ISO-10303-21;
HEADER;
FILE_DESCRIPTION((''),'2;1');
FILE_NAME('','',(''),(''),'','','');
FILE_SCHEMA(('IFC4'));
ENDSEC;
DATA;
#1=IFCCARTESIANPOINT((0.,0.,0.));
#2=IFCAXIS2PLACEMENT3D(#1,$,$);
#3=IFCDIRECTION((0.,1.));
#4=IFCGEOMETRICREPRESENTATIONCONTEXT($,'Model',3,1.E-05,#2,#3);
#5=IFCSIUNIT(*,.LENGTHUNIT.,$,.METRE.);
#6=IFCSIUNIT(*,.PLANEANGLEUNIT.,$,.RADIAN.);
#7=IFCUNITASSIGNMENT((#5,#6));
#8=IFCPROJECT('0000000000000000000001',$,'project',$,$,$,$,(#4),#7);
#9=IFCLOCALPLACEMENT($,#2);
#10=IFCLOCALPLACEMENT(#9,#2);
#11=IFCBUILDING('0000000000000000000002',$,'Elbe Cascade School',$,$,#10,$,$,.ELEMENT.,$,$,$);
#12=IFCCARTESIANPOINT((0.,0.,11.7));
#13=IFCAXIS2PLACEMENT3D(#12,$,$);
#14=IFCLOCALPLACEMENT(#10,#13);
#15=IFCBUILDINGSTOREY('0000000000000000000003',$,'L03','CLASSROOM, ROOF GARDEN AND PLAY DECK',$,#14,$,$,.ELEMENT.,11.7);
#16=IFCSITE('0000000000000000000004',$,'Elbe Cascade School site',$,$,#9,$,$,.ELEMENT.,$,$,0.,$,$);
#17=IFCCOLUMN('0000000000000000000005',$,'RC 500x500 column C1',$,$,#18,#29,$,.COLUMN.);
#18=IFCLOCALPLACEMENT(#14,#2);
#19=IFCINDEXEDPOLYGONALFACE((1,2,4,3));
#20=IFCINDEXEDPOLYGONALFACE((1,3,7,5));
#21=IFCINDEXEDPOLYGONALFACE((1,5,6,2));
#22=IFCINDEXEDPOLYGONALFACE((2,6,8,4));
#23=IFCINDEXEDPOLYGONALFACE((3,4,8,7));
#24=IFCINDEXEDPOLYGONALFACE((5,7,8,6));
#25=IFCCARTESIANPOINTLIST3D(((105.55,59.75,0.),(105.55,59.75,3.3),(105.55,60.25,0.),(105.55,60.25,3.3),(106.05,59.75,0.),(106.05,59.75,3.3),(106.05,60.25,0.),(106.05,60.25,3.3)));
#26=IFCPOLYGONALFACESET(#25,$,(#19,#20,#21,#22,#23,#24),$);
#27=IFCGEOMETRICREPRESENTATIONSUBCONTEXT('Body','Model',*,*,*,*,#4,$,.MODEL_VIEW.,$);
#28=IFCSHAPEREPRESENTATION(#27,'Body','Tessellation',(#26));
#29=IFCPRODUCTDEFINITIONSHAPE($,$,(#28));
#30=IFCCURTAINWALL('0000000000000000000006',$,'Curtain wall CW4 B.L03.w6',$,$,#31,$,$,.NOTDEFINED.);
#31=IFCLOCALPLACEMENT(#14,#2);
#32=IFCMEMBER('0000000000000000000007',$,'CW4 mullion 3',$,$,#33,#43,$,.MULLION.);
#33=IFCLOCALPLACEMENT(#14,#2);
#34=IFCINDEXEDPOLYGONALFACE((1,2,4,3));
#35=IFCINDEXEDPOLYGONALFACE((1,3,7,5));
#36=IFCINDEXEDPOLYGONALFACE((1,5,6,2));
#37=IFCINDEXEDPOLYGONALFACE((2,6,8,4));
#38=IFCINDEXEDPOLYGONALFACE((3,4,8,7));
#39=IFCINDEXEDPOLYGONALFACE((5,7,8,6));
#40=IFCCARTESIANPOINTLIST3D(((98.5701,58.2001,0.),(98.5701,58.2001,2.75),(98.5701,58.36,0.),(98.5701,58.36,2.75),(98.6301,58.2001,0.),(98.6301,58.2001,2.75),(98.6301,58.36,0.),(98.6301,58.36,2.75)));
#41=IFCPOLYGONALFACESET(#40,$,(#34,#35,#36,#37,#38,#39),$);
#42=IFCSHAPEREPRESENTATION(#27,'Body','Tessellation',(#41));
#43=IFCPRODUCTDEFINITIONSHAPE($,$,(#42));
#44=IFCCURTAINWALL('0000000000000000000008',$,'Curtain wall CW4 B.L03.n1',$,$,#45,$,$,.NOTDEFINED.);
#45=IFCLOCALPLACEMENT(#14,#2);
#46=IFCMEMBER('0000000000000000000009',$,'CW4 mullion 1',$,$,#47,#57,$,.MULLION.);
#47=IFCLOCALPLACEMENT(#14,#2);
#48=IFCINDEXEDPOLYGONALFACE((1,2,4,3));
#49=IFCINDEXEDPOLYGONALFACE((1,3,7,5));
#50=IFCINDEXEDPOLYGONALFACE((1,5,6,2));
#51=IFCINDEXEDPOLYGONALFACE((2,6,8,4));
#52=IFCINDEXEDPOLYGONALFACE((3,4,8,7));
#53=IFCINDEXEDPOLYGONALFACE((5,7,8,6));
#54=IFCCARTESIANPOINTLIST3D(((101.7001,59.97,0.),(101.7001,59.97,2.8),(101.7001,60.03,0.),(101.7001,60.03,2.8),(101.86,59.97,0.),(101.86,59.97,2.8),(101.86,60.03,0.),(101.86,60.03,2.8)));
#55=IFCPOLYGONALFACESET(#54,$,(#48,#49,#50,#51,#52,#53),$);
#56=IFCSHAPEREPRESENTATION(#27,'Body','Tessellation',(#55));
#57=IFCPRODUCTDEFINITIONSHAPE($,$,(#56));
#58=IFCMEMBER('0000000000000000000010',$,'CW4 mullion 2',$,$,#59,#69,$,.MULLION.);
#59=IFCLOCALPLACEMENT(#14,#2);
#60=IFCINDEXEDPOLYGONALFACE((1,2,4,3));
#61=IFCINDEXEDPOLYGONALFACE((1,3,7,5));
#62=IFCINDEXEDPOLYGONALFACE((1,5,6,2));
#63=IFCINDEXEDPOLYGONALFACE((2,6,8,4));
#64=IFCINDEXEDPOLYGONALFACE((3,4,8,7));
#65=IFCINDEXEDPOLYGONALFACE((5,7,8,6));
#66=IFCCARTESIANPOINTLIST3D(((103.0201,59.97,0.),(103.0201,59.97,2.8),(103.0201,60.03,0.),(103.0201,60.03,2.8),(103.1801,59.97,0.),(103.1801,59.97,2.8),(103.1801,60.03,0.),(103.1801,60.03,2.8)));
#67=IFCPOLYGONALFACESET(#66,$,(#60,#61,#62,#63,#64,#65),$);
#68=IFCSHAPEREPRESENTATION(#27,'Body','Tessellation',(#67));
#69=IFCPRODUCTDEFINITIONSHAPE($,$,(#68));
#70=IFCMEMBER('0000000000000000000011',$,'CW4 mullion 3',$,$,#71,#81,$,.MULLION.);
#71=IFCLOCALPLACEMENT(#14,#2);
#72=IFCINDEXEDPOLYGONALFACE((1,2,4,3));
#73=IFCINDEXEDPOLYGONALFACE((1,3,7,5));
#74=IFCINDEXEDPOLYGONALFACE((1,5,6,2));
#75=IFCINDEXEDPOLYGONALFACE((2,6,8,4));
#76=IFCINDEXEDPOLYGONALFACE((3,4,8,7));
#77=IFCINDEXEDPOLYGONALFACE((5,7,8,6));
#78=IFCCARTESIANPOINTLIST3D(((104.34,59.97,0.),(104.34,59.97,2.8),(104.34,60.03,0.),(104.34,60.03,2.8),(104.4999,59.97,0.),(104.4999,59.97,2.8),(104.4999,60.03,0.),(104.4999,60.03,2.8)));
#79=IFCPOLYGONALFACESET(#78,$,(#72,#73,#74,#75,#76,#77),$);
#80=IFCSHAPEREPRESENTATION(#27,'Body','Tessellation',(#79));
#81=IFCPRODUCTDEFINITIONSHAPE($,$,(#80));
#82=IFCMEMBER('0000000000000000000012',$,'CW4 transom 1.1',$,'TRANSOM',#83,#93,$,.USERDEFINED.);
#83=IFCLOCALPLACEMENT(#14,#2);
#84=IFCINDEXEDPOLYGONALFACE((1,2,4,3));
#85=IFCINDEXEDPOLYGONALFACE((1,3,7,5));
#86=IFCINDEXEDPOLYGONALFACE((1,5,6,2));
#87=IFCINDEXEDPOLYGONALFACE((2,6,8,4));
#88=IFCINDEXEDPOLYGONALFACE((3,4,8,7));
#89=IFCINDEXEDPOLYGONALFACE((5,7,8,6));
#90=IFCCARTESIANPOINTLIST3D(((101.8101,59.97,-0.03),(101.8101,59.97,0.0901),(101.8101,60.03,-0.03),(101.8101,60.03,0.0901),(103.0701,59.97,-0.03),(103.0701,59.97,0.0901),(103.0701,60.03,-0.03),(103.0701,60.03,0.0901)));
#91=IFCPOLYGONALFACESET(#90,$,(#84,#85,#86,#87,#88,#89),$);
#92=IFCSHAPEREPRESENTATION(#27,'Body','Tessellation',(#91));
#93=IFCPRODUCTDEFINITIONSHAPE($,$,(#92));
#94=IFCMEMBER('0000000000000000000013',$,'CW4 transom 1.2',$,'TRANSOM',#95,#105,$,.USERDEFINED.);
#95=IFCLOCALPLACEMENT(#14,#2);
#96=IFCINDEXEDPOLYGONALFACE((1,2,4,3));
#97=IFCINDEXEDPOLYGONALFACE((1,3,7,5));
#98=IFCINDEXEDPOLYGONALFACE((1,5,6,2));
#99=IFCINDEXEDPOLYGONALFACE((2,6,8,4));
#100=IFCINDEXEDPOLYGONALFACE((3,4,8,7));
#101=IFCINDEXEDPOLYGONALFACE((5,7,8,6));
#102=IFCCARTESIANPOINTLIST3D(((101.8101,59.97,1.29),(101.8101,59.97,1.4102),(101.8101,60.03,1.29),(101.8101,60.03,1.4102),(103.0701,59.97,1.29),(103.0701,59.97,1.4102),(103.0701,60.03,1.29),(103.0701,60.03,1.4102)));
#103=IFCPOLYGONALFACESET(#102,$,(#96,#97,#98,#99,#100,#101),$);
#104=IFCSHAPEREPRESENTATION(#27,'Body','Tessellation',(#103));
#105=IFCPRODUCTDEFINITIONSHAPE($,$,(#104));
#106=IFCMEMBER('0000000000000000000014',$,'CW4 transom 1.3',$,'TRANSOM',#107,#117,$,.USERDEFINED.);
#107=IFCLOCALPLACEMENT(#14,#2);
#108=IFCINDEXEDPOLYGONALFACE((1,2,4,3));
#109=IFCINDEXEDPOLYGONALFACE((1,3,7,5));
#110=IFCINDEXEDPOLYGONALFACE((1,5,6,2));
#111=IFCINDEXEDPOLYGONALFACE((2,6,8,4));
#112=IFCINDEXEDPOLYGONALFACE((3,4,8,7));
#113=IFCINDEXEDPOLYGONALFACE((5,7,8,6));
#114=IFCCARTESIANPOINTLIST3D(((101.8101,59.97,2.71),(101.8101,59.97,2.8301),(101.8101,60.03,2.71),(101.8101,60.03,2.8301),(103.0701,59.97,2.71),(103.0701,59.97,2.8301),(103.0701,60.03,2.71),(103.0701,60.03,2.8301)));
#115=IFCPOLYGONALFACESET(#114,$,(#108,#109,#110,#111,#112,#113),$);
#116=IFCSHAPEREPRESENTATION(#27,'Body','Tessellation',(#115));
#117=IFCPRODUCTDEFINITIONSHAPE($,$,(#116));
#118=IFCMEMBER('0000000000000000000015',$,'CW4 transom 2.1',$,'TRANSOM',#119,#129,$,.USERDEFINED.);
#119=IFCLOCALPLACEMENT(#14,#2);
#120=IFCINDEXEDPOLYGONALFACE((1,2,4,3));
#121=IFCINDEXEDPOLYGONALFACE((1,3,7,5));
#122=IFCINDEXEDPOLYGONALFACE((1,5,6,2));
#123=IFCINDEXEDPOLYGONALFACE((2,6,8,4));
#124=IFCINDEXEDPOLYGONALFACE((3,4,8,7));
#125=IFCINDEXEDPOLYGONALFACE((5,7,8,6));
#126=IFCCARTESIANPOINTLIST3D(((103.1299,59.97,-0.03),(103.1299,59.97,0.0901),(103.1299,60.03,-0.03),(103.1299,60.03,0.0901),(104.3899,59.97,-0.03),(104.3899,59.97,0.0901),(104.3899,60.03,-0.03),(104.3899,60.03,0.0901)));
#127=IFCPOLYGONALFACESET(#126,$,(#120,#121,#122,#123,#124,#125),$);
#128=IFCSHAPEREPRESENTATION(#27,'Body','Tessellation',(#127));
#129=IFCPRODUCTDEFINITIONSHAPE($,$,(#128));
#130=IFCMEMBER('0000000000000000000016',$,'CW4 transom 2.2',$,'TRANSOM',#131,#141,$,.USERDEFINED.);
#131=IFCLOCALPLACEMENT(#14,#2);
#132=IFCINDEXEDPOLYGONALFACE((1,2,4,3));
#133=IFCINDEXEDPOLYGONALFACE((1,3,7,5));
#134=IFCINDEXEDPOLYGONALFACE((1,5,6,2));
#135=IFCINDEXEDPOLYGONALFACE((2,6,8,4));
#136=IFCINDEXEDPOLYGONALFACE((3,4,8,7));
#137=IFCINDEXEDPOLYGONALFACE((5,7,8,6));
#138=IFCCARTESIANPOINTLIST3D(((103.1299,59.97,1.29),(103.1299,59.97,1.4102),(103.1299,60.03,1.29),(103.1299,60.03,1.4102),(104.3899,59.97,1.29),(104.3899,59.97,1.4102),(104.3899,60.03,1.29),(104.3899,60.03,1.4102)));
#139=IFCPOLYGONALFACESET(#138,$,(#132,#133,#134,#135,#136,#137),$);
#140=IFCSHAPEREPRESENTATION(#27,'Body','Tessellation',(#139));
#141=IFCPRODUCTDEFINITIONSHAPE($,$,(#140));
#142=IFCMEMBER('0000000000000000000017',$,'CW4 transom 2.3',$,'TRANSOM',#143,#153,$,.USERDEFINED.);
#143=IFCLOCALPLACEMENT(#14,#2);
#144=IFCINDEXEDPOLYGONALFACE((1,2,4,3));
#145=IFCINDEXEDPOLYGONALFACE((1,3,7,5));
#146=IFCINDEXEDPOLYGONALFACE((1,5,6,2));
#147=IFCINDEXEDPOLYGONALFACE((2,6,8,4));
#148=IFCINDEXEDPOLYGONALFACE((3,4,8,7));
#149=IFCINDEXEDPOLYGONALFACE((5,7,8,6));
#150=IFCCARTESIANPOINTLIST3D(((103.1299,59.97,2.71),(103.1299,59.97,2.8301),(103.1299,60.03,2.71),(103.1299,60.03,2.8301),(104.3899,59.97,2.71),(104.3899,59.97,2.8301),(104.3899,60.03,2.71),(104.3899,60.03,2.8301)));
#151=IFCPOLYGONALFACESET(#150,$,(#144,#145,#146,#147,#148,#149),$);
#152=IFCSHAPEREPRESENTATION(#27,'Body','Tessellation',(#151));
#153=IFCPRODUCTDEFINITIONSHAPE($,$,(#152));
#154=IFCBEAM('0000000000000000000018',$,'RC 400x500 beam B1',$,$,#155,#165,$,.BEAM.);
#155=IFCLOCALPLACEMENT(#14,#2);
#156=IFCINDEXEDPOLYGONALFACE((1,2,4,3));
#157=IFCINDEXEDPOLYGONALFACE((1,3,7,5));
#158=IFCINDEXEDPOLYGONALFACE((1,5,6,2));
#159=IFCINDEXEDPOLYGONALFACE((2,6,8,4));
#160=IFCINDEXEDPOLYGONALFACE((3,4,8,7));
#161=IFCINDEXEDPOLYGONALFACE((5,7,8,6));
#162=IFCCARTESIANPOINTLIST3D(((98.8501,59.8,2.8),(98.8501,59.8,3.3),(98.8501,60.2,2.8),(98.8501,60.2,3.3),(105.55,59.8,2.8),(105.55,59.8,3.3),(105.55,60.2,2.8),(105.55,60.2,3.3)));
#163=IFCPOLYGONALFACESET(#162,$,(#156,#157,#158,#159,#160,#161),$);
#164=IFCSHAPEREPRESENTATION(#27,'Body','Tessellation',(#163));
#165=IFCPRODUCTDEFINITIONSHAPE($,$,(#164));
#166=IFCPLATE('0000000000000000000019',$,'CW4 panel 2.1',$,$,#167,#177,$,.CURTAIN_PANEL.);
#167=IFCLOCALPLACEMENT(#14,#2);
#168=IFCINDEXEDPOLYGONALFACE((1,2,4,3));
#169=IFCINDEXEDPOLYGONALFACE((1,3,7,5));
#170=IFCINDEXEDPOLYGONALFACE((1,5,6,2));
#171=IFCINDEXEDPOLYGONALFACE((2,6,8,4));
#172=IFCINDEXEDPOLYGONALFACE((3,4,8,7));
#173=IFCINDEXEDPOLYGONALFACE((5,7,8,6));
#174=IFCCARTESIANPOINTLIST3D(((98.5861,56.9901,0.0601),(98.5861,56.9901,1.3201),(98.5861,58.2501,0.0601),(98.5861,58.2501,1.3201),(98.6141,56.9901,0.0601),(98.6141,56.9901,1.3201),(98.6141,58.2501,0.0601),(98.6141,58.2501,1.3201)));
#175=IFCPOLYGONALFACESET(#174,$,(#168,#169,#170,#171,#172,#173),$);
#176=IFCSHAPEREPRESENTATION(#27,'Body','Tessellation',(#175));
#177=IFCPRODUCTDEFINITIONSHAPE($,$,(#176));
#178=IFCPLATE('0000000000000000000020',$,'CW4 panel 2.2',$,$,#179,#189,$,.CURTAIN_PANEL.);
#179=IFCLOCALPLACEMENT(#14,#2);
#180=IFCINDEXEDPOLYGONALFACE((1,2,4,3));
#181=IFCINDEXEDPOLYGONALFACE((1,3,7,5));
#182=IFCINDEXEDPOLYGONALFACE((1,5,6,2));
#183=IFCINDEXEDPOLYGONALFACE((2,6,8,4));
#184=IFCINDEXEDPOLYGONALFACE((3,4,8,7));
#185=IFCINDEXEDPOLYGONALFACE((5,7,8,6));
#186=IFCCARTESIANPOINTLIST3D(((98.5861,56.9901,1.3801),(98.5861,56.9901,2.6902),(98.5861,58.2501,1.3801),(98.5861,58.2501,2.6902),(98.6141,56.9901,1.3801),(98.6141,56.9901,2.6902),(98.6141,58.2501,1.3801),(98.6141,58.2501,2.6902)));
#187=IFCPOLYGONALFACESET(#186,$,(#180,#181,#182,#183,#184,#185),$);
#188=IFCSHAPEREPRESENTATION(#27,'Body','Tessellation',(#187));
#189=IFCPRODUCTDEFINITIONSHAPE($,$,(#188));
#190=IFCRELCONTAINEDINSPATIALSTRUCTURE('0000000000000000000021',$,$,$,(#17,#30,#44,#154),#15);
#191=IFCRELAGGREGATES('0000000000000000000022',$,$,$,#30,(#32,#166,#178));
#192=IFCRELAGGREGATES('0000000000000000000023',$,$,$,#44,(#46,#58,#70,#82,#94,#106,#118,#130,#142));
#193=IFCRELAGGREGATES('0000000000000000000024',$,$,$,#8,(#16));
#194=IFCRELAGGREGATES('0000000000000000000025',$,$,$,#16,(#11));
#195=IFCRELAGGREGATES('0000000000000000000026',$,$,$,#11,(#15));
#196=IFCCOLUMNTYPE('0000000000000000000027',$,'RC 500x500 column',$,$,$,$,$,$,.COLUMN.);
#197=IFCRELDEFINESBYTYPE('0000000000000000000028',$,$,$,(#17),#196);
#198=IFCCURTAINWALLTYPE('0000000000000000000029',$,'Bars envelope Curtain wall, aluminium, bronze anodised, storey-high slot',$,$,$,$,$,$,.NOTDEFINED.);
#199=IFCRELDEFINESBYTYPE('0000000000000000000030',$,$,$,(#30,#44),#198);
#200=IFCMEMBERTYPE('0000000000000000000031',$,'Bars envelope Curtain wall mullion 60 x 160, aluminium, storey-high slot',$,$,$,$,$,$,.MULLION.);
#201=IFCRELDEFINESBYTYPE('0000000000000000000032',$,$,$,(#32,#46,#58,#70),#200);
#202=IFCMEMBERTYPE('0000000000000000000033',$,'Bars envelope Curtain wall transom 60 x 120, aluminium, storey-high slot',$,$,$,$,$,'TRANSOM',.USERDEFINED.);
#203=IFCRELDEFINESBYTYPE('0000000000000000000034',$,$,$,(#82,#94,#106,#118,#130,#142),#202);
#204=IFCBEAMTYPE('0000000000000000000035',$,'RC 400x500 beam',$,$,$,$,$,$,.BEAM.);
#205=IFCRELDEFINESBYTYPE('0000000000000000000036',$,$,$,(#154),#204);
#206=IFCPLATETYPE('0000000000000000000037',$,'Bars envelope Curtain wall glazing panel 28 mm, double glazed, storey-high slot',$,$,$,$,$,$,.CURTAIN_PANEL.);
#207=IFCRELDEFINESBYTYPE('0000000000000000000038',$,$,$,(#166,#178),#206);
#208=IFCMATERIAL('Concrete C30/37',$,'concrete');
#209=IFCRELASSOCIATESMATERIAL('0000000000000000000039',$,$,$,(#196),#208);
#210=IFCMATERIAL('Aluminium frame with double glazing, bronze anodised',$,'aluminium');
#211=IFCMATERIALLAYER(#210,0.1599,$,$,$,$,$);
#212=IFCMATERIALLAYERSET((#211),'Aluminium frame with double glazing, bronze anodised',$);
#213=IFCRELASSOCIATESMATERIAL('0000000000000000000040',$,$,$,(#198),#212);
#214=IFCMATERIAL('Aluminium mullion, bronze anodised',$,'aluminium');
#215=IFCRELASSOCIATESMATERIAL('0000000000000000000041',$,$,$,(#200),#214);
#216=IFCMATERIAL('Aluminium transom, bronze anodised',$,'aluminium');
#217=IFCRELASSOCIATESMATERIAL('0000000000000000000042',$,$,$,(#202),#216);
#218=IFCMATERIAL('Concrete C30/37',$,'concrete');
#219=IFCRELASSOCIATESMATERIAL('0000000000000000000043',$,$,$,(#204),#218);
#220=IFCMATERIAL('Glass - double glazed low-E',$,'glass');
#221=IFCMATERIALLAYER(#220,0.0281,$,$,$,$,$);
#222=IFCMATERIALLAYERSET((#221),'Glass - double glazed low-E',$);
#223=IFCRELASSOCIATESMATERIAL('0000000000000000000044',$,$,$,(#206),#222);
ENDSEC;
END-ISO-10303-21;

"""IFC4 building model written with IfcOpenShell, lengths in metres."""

from ifc_helpers import new_model, si_unit, direction, frame, origin, origin_2d, place, context, subcontext, project, spatial, rectangle, extrude, material, layer, layer_set, material_profile, profile_set, type_object, element, aggregate, save


model = new_model("IFC4")

# Units and contexts
model_context = context("Model", 3, precision=1e-05, world=origin(), true_north=direction((0.0, 1.0)))
body_context = subcontext(model_context, "Body", "Model", "MODEL_VIEW")
ifc_project = project(units=[si_unit("LENGTHUNIT", "METRE"), si_unit("PLANEANGLEUNIT", "RADIAN")], contexts=[model_context])

# Site, building, storey
site_placement = place(None, origin())
site = spatial("IfcSite", under=ifc_project, at=site_placement, Name="Elbe Cascade School site", CompositionType="ELEMENT", RefElevation=0.0)
building_placement = place(site_placement, origin())
building = spatial("IfcBuilding", under=site, at=building_placement, Name="Elbe Cascade School", CompositionType="ELEMENT")
storey_placement = place(building_placement, frame((0.0, 0.0, 11.7)))
storey = spatial("IfcBuildingStorey", under=building, at=storey_placement, Name="L03", Description="CLASSROOM, ROOF GARDEN AND PLAY DECK", CompositionType="ELEMENT", Elevation=11.7)

# Column
ifc_material_1 = material(Name="Concrete C30/37", Category="concrete")
ifc_material_profile_1 = material_profile(ifc_material_1, rectangle(XDim=0.5, YDim=0.5, at=origin_2d()), Name="RC 500x500")
ifc_profile_set_1 = profile_set([ifc_material_profile_1], Name="Concrete C30/37")
column_type = type_object("IfcColumnType", Name="RC 500x500 column", PredefinedType="COLUMN", material=ifc_profile_set_1)
column_placement = place(storey_placement, frame((105.8, 60.0, 0.0), z_axis=(0.0, 0.0, 1.0), x_axis=(1.0, 0.0, 0.0)))
element("IfcColumn", 1, at=column_placement, inside=storey, type_object=column_type, Name="RC 500x500 column C1", PredefinedType="COLUMN", context=body_context, shape_type="SweptSolid", body=[
    extrude(rectangle(XDim=0.5, YDim=0.5, at=origin_2d()), origin(), (0.0, 0.0, 1.0), 3.3),
])

# Curtain wall, member
ifc_material_2 = material(Name="Aluminium frame with double glazing, bronze anodised", Category="aluminium")
ifc_layer_1 = layer(ifc_material_2, 0.1599)
ifc_layer_set_1 = layer_set([ifc_layer_1], Name="Aluminium frame with double glazing, bronze anodised")
curtain_wall_type = type_object("IfcCurtainWallType", Name="Bars envelope Curtain wall, aluminium, bronze anodised, storey-high slot", PredefinedType="NOTDEFINED", material=ifc_layer_set_1)
curtain_wall_1_placement = place(storey_placement, origin())
curtain_wall_1 = element("IfcCurtainWall", 2, at=curtain_wall_1_placement, inside=storey, type_object=curtain_wall_type, Name="Curtain wall CW4 B.L03.w6", PredefinedType="NOTDEFINED")
ifc_material_3 = material(Name="Aluminium mullion, bronze anodised", Category="aluminium")
ifc_material_profile_2 = material_profile(ifc_material_3, rectangle(XDim=0.0601, YDim=0.1599, at=origin_2d()), Name="Bars envelope Curtain wall mullion 60 x 160, aluminium, storey-high slot")
ifc_profile_set_2 = profile_set([ifc_material_profile_2], Name="Aluminium mullion, bronze anodised")
member_type_1 = type_object("IfcMemberType", Name="Bars envelope Curtain wall mullion 60 x 160, aluminium, storey-high slot", PredefinedType="MULLION", material=ifc_profile_set_2)
member_1_placement = place(storey_placement, frame((98.6001, 58.28, 0.0), z_axis=(0.0, 0.0, 1.0), x_axis=(-1.0, 0.0, 0.0)))
member_1 = element("IfcMember", 3, at=member_1_placement, type_object=member_type_1, Name="CW4 mullion 3", PredefinedType="MULLION", context=body_context, shape_type="SweptSolid", body=[
    extrude(rectangle(XDim=0.0601, YDim=0.1599, at=origin_2d()), origin(), (0.0, 0.0, 1.0), 2.75),
])

# Curtain wall, members
curtain_wall_2_placement = place(storey_placement, origin())
curtain_wall_2 = element("IfcCurtainWall", 4, at=curtain_wall_2_placement, inside=storey, type_object=curtain_wall_type, Name="Curtain wall CW4 B.L03.n1", PredefinedType="NOTDEFINED")
member_2_placement = place(storey_placement, frame((101.78, 60.0, 0.0), z_axis=(0.0, 0.0, 1.0), x_axis=(0.0, 1.0, 0.0)))
member_2 = element("IfcMember", 5, at=member_2_placement, type_object=member_type_1, Name="CW4 mullion 1", PredefinedType="MULLION", context=body_context, shape_type="SweptSolid", body=[
    extrude(rectangle(XDim=0.0601, YDim=0.1599, at=origin_2d()), origin(), (0.0, 0.0, 1.0), 2.8),
])
member_3_placement = place(storey_placement, frame((103.1001, 60.0, 0.0), z_axis=(0.0, 0.0, 1.0), x_axis=(0.0, 1.0, 0.0)))
member_3 = element("IfcMember", 6, at=member_3_placement, type_object=member_type_1, Name="CW4 mullion 2", PredefinedType="MULLION", context=body_context, shape_type="SweptSolid", body=[
    extrude(rectangle(XDim=0.0601, YDim=0.1599, at=origin_2d()), origin(), (0.0, 0.0, 1.0), 2.8),
])
member_4_placement = place(storey_placement, frame((104.4199, 60.0, 0.0), z_axis=(0.0, 0.0, 1.0), x_axis=(0.0, 1.0, 0.0)))
member_4 = element("IfcMember", 7, at=member_4_placement, type_object=member_type_1, Name="CW4 mullion 3", PredefinedType="MULLION", context=body_context, shape_type="SweptSolid", body=[
    extrude(rectangle(XDim=0.0601, YDim=0.1599, at=origin_2d()), origin(), (0.0, 0.0, 1.0), 2.8),
])
ifc_material_4 = material(Name="Aluminium transom, bronze anodised", Category="aluminium")
ifc_material_profile_3 = material_profile(ifc_material_4, rectangle(XDim=0.0601, YDim=0.1201, at=origin_2d()), Name="Bars envelope Curtain wall transom 60 x 120, aluminium, storey-high slot")
ifc_profile_set_3 = profile_set([ifc_material_profile_3], Name="Aluminium transom, bronze anodised")
member_type_2 = type_object("IfcMemberType", Name="Bars envelope Curtain wall transom 60 x 120, aluminium, storey-high slot", ElementType="TRANSOM", PredefinedType="USERDEFINED", material=ifc_profile_set_3)
member_5_placement = place(storey_placement, frame((101.8101, 60.0, 0.03), z_axis=(1.0, 0.0, 0.0), x_axis=(0.0, 1.0, 0.0)))
member_5 = element("IfcMember", 8, at=member_5_placement, type_object=member_type_2, Name="CW4 transom 1.1", ObjectType="TRANSOM", PredefinedType="USERDEFINED", context=body_context, shape_type="SweptSolid", body=[
    extrude(rectangle(XDim=0.0601, YDim=0.1201, at=origin_2d()), origin(), (0.0, 0.0, 1.0), 1.26),
])
member_6_placement = place(storey_placement, frame((101.8101, 60.0, 1.3501), z_axis=(1.0, 0.0, 0.0), x_axis=(0.0, 1.0, 0.0)))
member_6 = element("IfcMember", 9, at=member_6_placement, type_object=member_type_2, Name="CW4 transom 1.2", ObjectType="TRANSOM", PredefinedType="USERDEFINED", context=body_context, shape_type="SweptSolid", body=[
    extrude(rectangle(XDim=0.0601, YDim=0.1201, at=origin_2d()), origin(), (0.0, 0.0, 1.0), 1.26),
])
member_7_placement = place(storey_placement, frame((101.8101, 60.0, 2.77), z_axis=(1.0, 0.0, 0.0), x_axis=(0.0, 1.0, 0.0)))
member_7 = element("IfcMember", 10, at=member_7_placement, type_object=member_type_2, Name="CW4 transom 1.3", ObjectType="TRANSOM", PredefinedType="USERDEFINED", context=body_context, shape_type="SweptSolid", body=[
    extrude(rectangle(XDim=0.0601, YDim=0.1201, at=origin_2d()), origin(), (0.0, 0.0, 1.0), 1.26),
])
member_8_placement = place(storey_placement, frame((103.1299, 60.0, 0.03), z_axis=(1.0, 0.0, 0.0), x_axis=(0.0, 1.0, 0.0)))
member_8 = element("IfcMember", 11, at=member_8_placement, type_object=member_type_2, Name="CW4 transom 2.1", ObjectType="TRANSOM", PredefinedType="USERDEFINED", context=body_context, shape_type="SweptSolid", body=[
    extrude(rectangle(XDim=0.0601, YDim=0.1201, at=origin_2d()), origin(), (0.0, 0.0, 1.0), 1.26),
])
member_9_placement = place(storey_placement, frame((103.1299, 60.0, 1.3501), z_axis=(1.0, 0.0, 0.0), x_axis=(0.0, 1.0, 0.0)))
member_9 = element("IfcMember", 12, at=member_9_placement, type_object=member_type_2, Name="CW4 transom 2.2", ObjectType="TRANSOM", PredefinedType="USERDEFINED", context=body_context, shape_type="SweptSolid", body=[
    extrude(rectangle(XDim=0.0601, YDim=0.1201, at=origin_2d()), origin(), (0.0, 0.0, 1.0), 1.26),
])
member_10_placement = place(storey_placement, frame((103.1299, 60.0, 2.77), z_axis=(1.0, 0.0, 0.0), x_axis=(0.0, 1.0, 0.0)))
member_10 = element("IfcMember", 13, at=member_10_placement, type_object=member_type_2, Name="CW4 transom 2.3", ObjectType="TRANSOM", PredefinedType="USERDEFINED", context=body_context, shape_type="SweptSolid", body=[
    extrude(rectangle(XDim=0.0601, YDim=0.1201, at=origin_2d()), origin(), (0.0, 0.0, 1.0), 1.26),
])

# Beam
ifc_material_5 = material(Name="Concrete C30/37", Category="concrete")
ifc_material_profile_4 = material_profile(ifc_material_5, rectangle(XDim=0.3999, YDim=0.5, at=origin_2d()), Name="RC 400x500")
ifc_profile_set_4 = profile_set([ifc_material_profile_4], Name="Concrete C30/37")
beam_type = type_object("IfcBeamType", Name="RC 400x500 beam", PredefinedType="BEAM", material=ifc_profile_set_4)
beam_placement = place(storey_placement, frame((98.8501, 60.0, 3.05), z_axis=(1.0, 0.0, 0.0), x_axis=(0.0, 1.0, 0.0)))
element("IfcBeam", 14, at=beam_placement, inside=storey, type_object=beam_type, Name="RC 400x500 beam B1", PredefinedType="BEAM", context=body_context, shape_type="SweptSolid", body=[
    extrude(rectangle(XDim=0.3999, YDim=0.5, at=origin_2d()), origin(), (0.0, 0.0, 1.0), 6.7),
])

# Plates
ifc_material_6 = material(Name="Glass - double glazed low-E", Category="glass")
ifc_layer_2 = layer(ifc_material_6, 0.0281)
ifc_layer_set_2 = layer_set([ifc_layer_2], Name="Glass - double glazed low-E")
plate_type = type_object("IfcPlateType", Name="Bars envelope Curtain wall glazing panel 28 mm, double glazed, storey-high slot", PredefinedType="CURTAIN_PANEL", material=ifc_layer_set_2)
plate_1_placement = place(storey_placement, frame((98.6001, 57.6201, 0.0601), z_axis=(0.0, 0.0, 1.0), x_axis=(0.0, 1.0, 0.0)))
plate_1 = element("IfcPlate", 15, at=plate_1_placement, type_object=plate_type, Name="CW4 panel 2.1", PredefinedType="CURTAIN_PANEL", context=body_context, shape_type="SweptSolid", body=[
    extrude(rectangle(XDim=1.26, YDim=0.0281, at=origin_2d()), origin(), (0.0, 0.0, 1.0), 1.26),
])
plate_2_placement = place(storey_placement, frame((98.6001, 57.6201, 1.3801), z_axis=(0.0, 0.0, 1.0), x_axis=(0.0, 1.0, 0.0)))
plate_2 = element("IfcPlate", 16, at=plate_2_placement, type_object=plate_type, Name="CW4 panel 2.2", PredefinedType="CURTAIN_PANEL", context=body_context, shape_type="SweptSolid", body=[
    extrude(rectangle(XDim=1.26, YDim=0.0281, at=origin_2d()), origin(), (0.0, 0.0, 1.0), 1.3101),
])
aggregate(curtain_wall_1, [member_1, plate_1, plate_2])
aggregate(curtain_wall_2, [member_2, member_3, member_4, member_5, member_6, member_7, member_8, member_9, member_10])

save(model, "model.ifc")
